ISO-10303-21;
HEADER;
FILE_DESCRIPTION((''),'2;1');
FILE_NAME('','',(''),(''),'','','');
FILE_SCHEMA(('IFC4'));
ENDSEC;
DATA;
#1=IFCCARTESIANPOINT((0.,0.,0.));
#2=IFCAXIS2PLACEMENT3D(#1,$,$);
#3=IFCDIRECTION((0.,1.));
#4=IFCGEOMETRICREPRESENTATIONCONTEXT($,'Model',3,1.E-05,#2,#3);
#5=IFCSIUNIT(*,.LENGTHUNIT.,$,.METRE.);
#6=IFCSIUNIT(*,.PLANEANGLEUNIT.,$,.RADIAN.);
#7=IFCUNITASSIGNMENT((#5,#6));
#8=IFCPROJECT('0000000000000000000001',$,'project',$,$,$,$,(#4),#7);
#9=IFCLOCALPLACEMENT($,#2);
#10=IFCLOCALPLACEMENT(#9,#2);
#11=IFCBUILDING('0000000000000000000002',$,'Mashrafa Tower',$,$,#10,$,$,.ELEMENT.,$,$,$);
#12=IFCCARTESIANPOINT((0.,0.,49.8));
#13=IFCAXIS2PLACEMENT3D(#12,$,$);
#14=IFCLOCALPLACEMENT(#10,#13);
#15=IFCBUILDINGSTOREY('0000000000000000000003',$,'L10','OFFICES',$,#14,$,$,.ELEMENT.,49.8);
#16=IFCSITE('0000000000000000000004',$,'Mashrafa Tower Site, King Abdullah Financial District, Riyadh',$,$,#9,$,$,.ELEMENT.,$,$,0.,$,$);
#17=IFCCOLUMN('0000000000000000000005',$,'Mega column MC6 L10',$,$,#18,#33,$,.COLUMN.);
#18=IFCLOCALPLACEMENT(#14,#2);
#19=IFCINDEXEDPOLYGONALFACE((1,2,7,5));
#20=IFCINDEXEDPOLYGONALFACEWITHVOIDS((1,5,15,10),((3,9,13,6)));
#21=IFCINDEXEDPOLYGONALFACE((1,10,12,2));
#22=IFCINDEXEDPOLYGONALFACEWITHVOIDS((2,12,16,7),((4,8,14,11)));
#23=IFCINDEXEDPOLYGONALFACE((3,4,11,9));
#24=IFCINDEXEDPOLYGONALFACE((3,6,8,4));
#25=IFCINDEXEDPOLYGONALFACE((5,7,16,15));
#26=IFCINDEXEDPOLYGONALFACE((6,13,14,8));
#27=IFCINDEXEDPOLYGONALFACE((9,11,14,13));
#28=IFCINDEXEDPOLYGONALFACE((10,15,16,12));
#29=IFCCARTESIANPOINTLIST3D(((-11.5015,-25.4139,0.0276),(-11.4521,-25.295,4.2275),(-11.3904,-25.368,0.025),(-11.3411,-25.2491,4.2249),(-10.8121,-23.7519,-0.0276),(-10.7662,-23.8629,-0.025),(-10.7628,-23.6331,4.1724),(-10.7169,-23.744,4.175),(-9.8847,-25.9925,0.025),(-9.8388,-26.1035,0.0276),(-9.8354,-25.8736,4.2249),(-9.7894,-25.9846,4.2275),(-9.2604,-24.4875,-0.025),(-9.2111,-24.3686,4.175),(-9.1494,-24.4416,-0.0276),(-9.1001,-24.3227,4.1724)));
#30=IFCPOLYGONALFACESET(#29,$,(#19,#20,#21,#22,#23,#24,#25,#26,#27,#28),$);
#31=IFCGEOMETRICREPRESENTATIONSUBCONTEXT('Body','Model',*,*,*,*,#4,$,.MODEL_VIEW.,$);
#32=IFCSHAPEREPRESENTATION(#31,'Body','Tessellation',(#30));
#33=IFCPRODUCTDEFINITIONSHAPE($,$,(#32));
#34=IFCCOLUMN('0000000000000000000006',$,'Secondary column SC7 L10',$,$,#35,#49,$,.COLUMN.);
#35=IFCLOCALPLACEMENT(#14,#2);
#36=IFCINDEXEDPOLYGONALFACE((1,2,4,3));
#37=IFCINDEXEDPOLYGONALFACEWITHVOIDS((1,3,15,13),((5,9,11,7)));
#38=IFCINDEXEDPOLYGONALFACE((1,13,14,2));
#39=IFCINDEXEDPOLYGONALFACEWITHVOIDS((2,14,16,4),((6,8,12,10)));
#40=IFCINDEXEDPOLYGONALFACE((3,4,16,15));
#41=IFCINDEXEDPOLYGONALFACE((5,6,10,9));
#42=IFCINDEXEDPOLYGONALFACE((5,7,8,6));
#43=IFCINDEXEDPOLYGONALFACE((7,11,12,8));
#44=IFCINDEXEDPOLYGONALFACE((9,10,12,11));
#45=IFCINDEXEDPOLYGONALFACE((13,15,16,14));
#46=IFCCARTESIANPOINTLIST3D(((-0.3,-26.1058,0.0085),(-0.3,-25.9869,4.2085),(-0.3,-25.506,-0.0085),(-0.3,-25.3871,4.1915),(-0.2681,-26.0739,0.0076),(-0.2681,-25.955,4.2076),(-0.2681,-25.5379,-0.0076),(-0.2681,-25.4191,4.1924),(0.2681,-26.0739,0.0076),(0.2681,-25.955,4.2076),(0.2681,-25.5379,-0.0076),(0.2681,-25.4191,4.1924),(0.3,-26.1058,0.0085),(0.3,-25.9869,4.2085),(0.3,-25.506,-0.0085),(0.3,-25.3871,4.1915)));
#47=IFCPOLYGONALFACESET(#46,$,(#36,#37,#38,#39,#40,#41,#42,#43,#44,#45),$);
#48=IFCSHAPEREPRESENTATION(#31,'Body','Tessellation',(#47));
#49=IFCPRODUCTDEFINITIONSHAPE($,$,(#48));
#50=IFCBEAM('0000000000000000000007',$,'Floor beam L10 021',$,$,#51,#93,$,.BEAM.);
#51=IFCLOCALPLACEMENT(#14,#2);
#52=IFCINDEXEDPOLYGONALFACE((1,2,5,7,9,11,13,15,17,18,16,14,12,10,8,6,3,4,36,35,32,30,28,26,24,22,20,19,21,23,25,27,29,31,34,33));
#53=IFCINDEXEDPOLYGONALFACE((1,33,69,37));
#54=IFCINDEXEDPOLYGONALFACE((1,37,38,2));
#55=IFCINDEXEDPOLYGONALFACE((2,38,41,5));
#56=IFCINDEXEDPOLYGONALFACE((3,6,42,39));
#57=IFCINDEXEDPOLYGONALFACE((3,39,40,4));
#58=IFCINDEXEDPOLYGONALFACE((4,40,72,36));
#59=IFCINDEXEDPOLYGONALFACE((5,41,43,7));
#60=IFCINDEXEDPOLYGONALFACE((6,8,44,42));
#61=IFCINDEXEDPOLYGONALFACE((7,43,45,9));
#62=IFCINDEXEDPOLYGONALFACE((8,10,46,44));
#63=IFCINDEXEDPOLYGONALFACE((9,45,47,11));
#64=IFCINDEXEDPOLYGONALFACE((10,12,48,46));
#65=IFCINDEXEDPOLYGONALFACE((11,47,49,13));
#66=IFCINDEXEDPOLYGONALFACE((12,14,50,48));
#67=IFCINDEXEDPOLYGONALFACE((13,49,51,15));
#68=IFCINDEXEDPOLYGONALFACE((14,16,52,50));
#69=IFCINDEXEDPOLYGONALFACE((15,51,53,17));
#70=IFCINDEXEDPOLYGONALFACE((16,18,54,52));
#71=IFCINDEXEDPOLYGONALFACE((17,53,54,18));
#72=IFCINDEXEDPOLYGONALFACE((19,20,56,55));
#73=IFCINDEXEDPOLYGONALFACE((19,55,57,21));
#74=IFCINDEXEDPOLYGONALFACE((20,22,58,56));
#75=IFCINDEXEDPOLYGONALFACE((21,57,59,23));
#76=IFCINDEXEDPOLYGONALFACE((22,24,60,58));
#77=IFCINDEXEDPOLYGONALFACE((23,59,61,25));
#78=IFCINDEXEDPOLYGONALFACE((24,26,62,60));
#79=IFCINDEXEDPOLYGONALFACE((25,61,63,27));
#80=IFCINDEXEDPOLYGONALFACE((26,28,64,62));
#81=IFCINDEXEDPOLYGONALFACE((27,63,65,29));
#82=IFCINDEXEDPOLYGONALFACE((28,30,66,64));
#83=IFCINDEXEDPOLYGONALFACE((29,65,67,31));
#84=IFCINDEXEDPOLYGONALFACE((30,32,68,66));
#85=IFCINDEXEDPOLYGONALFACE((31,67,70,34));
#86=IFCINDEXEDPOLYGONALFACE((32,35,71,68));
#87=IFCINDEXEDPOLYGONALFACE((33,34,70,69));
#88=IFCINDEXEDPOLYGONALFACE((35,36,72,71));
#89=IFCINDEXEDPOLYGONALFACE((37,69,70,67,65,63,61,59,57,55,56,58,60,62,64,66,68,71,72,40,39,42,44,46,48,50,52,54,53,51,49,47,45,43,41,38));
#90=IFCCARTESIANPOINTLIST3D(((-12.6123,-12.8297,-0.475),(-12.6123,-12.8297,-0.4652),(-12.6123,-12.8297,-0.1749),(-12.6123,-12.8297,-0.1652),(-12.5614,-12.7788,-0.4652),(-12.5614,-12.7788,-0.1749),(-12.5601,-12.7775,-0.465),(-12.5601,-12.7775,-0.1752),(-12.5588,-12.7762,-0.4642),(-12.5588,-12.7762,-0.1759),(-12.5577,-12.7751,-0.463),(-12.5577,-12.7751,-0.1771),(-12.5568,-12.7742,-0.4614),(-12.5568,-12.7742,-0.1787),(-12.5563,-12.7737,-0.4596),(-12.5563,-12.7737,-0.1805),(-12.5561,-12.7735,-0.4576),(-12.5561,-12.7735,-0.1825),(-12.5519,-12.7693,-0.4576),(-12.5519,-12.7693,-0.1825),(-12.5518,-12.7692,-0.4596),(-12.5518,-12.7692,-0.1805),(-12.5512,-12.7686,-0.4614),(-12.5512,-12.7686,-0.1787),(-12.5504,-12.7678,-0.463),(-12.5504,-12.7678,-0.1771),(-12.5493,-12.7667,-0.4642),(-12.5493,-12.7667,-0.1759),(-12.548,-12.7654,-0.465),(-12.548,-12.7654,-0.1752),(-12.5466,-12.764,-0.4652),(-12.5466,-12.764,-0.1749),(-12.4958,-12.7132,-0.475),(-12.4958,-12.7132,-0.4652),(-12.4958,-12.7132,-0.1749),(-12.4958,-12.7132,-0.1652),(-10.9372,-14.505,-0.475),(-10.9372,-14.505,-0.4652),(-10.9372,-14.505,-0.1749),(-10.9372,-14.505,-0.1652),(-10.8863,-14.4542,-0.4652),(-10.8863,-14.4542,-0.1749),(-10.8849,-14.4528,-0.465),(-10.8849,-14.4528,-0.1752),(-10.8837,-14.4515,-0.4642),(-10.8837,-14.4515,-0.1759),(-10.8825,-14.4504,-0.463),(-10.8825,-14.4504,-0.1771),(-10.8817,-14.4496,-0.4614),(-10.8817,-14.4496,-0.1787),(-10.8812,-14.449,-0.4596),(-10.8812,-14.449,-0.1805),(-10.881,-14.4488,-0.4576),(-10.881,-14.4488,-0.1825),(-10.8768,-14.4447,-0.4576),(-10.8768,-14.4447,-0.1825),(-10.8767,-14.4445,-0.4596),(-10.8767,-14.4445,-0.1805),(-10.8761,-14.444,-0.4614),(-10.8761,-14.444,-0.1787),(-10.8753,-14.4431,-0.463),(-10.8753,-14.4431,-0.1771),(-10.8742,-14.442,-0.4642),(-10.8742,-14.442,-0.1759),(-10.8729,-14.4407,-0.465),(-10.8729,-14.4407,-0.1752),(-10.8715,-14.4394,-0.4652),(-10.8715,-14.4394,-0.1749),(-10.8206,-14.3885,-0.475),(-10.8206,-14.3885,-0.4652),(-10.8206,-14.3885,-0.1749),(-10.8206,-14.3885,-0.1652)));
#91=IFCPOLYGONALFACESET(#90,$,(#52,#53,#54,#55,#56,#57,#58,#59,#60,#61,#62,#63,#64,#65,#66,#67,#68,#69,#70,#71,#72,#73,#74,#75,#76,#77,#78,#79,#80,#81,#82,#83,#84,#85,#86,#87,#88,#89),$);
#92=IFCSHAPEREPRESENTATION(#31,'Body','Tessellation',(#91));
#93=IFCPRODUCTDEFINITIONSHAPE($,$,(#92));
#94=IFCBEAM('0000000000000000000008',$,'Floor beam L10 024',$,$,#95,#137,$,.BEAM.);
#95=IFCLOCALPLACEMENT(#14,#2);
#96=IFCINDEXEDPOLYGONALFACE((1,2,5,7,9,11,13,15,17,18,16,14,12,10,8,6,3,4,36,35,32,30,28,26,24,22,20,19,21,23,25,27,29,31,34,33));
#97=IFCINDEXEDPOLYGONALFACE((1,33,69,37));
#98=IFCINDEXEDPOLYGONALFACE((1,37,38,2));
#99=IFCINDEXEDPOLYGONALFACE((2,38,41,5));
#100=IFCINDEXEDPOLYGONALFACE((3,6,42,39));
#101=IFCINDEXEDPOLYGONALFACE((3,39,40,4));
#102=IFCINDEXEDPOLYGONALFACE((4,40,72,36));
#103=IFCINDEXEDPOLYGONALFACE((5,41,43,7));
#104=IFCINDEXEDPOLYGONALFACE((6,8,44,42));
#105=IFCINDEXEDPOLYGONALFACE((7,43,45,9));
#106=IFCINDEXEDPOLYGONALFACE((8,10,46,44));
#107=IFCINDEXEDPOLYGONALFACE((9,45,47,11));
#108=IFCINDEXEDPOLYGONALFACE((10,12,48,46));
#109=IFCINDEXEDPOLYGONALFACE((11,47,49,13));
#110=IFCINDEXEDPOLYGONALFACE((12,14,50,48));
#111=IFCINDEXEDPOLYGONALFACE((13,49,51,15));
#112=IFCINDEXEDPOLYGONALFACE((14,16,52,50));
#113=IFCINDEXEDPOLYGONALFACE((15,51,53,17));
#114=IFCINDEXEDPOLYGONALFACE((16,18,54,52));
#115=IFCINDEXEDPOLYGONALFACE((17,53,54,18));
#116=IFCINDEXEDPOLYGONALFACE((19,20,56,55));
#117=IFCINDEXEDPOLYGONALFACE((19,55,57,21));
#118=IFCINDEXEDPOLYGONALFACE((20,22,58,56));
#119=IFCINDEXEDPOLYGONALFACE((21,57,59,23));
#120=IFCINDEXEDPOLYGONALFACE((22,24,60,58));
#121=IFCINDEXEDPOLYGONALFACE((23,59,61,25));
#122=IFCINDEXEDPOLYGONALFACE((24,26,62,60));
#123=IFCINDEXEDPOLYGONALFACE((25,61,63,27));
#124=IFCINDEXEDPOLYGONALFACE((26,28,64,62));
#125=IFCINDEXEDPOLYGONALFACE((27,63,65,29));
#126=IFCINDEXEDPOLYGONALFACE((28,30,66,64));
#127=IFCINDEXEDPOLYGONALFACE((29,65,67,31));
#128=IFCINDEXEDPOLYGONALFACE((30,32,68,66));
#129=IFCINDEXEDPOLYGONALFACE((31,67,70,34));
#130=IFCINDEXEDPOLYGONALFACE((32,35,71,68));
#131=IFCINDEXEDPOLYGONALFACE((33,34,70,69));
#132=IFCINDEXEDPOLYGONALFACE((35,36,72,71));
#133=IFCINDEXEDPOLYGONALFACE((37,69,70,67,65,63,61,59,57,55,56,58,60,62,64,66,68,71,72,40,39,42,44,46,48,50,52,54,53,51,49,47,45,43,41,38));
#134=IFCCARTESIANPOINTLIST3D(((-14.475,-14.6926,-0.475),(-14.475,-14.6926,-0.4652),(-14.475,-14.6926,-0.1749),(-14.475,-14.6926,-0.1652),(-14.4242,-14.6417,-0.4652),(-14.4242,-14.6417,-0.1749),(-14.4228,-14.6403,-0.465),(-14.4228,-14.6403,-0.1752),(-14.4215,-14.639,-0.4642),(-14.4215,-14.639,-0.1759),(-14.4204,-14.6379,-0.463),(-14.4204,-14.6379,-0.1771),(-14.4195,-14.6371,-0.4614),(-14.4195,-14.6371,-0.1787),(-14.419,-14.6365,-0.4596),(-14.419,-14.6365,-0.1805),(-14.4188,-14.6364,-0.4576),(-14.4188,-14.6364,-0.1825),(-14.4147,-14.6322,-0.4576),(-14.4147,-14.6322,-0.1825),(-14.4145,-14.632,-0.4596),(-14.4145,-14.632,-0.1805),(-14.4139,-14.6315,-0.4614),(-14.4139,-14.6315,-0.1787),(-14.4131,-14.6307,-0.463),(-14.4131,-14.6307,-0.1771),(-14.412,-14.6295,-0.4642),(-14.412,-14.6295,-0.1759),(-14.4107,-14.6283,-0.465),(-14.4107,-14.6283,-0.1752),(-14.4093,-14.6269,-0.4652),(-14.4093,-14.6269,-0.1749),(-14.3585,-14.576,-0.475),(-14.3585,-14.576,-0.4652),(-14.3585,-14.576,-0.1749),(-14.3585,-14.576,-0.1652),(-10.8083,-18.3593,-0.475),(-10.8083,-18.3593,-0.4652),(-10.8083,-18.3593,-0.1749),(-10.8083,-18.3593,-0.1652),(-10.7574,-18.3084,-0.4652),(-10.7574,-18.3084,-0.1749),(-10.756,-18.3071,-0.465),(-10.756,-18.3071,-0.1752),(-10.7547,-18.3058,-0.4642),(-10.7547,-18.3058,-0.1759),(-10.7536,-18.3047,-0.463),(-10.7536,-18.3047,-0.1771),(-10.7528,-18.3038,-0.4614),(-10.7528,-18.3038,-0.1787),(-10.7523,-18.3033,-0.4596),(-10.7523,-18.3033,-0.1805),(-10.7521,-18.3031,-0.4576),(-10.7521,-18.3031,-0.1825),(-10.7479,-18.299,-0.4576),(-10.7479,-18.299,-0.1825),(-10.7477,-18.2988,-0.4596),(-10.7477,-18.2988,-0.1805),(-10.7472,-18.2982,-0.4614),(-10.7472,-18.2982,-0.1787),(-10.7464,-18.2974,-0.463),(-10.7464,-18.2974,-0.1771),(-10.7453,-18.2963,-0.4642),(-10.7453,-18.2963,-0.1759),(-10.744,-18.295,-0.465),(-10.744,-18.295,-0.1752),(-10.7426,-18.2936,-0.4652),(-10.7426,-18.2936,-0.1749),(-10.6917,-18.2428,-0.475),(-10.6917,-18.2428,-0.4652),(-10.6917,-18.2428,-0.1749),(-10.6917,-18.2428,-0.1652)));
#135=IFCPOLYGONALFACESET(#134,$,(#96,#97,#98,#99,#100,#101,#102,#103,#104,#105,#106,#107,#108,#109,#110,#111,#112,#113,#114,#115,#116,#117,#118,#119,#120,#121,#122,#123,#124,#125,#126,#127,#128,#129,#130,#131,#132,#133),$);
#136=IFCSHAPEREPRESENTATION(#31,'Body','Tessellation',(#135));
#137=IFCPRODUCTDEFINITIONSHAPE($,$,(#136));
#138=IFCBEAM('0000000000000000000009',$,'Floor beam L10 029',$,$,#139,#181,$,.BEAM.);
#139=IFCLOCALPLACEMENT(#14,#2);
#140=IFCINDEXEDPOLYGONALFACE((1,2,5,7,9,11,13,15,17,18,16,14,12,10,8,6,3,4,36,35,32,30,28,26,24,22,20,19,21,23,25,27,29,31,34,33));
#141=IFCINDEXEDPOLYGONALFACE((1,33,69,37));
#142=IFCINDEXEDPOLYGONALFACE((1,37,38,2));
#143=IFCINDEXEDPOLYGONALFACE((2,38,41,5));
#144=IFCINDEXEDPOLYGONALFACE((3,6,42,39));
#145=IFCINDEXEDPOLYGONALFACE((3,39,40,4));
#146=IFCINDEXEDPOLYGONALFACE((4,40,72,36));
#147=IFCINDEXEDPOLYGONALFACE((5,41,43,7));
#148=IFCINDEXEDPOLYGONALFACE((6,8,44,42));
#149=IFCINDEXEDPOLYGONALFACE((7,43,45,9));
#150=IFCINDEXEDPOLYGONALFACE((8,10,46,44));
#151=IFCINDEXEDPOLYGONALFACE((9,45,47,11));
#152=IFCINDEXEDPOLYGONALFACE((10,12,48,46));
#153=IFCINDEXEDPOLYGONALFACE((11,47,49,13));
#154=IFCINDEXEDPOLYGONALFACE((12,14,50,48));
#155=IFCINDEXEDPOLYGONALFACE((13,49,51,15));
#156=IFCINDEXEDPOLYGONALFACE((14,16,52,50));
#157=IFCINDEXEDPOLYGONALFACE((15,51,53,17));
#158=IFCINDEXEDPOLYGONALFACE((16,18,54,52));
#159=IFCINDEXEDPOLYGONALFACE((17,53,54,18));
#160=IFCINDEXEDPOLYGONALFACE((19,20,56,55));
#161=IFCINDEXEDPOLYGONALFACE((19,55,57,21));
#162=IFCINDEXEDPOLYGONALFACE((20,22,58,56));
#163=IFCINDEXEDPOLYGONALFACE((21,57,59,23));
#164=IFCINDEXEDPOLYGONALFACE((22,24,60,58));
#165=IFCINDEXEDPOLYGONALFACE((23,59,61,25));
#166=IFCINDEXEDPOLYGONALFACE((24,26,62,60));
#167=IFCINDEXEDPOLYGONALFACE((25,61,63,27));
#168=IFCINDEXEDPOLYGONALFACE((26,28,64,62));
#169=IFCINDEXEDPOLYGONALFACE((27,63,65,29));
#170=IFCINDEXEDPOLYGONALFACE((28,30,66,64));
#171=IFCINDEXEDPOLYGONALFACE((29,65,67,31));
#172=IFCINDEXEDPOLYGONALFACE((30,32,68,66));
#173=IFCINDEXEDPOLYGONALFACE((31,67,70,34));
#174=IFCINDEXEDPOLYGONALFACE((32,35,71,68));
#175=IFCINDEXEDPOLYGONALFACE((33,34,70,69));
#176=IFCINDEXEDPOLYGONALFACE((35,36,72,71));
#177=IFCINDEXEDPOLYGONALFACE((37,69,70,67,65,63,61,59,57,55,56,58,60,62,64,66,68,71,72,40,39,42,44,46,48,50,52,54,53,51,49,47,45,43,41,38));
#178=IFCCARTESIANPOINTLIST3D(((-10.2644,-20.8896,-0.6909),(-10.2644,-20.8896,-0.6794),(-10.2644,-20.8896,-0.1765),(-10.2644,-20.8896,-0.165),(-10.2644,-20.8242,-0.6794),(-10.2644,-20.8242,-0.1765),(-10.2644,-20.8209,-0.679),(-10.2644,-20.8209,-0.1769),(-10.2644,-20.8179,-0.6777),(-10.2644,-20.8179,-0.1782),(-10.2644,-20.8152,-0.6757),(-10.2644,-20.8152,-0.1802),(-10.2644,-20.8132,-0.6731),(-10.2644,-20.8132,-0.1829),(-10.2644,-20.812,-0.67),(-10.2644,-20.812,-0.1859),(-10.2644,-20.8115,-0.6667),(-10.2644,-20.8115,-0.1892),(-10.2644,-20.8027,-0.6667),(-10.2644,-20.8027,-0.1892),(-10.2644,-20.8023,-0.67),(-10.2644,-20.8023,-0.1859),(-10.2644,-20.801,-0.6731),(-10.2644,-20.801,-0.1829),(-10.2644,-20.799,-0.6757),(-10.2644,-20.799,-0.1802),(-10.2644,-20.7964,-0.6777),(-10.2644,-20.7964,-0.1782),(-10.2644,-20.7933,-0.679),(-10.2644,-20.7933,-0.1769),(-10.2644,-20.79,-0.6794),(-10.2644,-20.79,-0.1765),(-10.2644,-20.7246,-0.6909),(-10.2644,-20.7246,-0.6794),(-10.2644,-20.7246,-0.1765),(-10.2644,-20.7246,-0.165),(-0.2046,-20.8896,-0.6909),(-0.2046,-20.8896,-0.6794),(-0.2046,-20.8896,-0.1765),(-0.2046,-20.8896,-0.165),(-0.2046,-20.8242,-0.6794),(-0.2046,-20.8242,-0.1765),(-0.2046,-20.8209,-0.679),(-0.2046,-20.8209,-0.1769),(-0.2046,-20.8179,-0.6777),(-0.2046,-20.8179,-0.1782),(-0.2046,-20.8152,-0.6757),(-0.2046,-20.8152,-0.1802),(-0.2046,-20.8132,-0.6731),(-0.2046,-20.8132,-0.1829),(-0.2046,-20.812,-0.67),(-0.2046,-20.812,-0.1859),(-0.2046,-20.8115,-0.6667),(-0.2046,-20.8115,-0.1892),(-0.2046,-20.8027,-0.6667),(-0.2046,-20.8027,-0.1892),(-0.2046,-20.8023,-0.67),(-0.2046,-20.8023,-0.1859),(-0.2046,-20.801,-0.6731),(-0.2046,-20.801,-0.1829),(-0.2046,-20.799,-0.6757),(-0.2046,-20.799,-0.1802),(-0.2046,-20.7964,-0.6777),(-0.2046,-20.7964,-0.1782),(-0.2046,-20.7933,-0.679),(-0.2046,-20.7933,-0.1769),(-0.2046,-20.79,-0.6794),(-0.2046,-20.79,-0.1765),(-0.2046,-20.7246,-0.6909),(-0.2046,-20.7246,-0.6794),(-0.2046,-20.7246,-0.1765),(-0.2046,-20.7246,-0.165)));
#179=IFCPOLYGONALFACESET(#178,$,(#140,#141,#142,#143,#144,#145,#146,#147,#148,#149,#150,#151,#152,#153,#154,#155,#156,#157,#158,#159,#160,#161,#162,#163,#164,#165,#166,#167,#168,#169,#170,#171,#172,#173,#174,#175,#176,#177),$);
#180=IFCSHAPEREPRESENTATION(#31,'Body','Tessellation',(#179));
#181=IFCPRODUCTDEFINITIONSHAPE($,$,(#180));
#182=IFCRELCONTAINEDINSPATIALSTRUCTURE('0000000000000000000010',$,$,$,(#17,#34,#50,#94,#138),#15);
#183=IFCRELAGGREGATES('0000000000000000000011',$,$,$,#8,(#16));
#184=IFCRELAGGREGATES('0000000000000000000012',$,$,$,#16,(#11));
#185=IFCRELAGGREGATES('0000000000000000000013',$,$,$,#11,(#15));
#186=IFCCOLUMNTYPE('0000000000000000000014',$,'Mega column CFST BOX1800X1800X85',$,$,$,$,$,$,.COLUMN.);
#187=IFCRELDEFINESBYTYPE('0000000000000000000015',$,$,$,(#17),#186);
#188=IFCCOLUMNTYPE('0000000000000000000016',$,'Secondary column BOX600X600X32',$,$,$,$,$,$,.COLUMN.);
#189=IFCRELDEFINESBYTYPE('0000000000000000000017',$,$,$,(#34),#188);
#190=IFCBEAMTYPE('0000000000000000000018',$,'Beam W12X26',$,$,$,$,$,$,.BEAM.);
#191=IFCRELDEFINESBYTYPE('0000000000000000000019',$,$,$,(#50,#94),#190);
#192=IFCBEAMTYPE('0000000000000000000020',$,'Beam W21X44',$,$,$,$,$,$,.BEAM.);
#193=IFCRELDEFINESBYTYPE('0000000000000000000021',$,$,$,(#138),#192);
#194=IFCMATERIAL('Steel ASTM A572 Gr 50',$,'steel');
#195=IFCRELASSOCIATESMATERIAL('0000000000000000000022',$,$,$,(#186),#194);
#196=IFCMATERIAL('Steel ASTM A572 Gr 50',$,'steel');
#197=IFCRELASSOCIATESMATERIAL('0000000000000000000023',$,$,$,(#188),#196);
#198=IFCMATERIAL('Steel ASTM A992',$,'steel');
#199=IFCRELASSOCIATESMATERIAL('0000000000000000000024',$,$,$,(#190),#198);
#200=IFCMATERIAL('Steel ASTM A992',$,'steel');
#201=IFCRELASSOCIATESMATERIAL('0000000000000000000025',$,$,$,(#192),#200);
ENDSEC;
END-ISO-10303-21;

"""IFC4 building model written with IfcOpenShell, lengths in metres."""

from ifc_helpers import new_model, si_unit, direction, frame, origin, origin_2d, place, context, subcontext, project, spatial, hollow_rectangle, i_section, extrude, material, material_profile, profile_set, type_object, element, save


model = new_model("IFC4")

# Units and contexts
model_context = context("Model", 3, precision=1e-05, world=origin(), true_north=direction((0.0, 1.0)))
body_context = subcontext(model_context, "Body", "Model", "MODEL_VIEW")
ifc_project = project(units=[si_unit("LENGTHUNIT", "METRE"), si_unit("PLANEANGLEUNIT", "RADIAN")], contexts=[model_context])

# Site, building, storey
site_placement = place(None, origin())
site = spatial("IfcSite", under=ifc_project, at=site_placement, Name="Mashrafa Tower Site, King Abdullah Financial District, Riyadh", CompositionType="ELEMENT", RefElevation=0.0)
building_placement = place(site_placement, origin())
building = spatial("IfcBuilding", under=site, at=building_placement, Name="Mashrafa Tower", CompositionType="ELEMENT")
storey_placement = place(building_placement, frame((0.0, 0.0, 49.8)))
storey = spatial("IfcBuildingStorey", under=building, at=storey_placement, Name="L10", Description="OFFICES", CompositionType="ELEMENT", Elevation=49.8)

# Columns
ifc_material_1 = material(Name="Steel ASTM A572 Gr 50", Category="steel")
ifc_material_profile_1 = material_profile(ifc_material_1, hollow_rectangle(XDim=1.8, YDim=1.8, WallThickness=0.085, at=origin_2d()), Name="BOX1800X1800X85")
ifc_profile_set_1 = profile_set([ifc_material_profile_1], Name="Steel ASTM A572 Gr 50")
column_type_1 = type_object("IfcColumnType", Name="Mega column CFST BOX1800X1800X85", PredefinedType="COLUMN", material=ifc_profile_set_1)
column_1_placement = place(storey_placement, frame((-10.3254, -24.9277, 0.0), z_axis=(0.011737, 0.028296, 0.999531), x_axis=(-0.923693, 0.383133, 0.0)))
element("IfcColumn", 1, at=column_1_placement, inside=storey, type_object=column_type_1, Name="Mega column MC6 L10", PredefinedType="COLUMN", context=body_context, shape_type="SweptSolid", body=[
    extrude(hollow_rectangle(XDim=1.8, YDim=1.8, WallThickness=0.085, at=origin_2d()), origin(), (0.0, 0.0, 1.0), 4.2019),
])
ifc_material_2 = material(Name="Steel ASTM A572 Gr 50", Category="steel")
ifc_material_profile_2 = material_profile(ifc_material_2, hollow_rectangle(XDim=0.6001, YDim=0.6001, WallThickness=0.032, at=origin_2d()), Name="BOX600X600X32")
ifc_profile_set_2 = profile_set([ifc_material_profile_2], Name="Steel ASTM A572 Gr 50")
column_type_2 = type_object("IfcColumnType", Name="Secondary column BOX600X600X32", PredefinedType="COLUMN", material=ifc_profile_set_2)
column_2_placement = place(storey_placement, frame((0.0, -25.8059, 0.0), z_axis=(0.0, 0.028298, 0.9996), x_axis=(-1.0, 0.0, 0.0)))
element("IfcColumn", 2, at=column_2_placement, inside=storey, type_object=column_type_2, Name="Secondary column SC7 L10", PredefinedType="COLUMN", context=body_context, shape_type="SweptSolid", body=[
    extrude(hollow_rectangle(XDim=0.6001, YDim=0.6001, WallThickness=0.032, at=origin_2d()), origin(), (0.0, 0.0, 1.0), 4.2017),
])

# Beams
ifc_material_3 = material(Name="Steel ASTM A992", Category="steel")
ifc_material_profile_3 = material_profile(ifc_material_3, i_section(OverallWidth=0.1648, OverallDepth=0.3098, WebThickness=0.0059, FlangeThickness=0.0098, FilletRadius=0.0076, at=origin_2d()), Name="W12X26")
ifc_profile_set_3 = profile_set([ifc_material_profile_3], Name="Steel ASTM A992")
beam_type_1 = type_object("IfcBeamType", Name="Beam W12X26", PredefinedType="BEAM", material=ifc_profile_set_3)
beam_1_placement = place(storey_placement, frame((-10.8789, -14.4468, -0.3201), z_axis=(-0.707055, 0.707158, 0.0), x_axis=(-0.707158, -0.707055, 0.0)))
element("IfcBeam", 3, at=beam_1_placement, inside=storey, type_object=beam_type_1, Name="Floor beam L10 021", PredefinedType="BEAM", context=body_context, shape_type="SweptSolid", body=[
    extrude(i_section(OverallWidth=0.1648, OverallDepth=0.3098, WebThickness=0.0059, FlangeThickness=0.0098, FilletRadius=0.0076, at=origin_2d()), origin(), (0.0, 0.0, 1.0), 2.3691),
])
beam_2_placement = place(storey_placement, frame((-10.75, -18.301, -0.3201), z_axis=(-0.707107, 0.707107, 0.0), x_axis=(-0.707107, -0.707107, 0.0)))
element("IfcBeam", 4, at=beam_2_placement, inside=storey, type_object=beam_type_1, Name="Floor beam L10 024", PredefinedType="BEAM", context=body_context, shape_type="SweptSolid", body=[
    extrude(i_section(OverallWidth=0.1648, OverallDepth=0.3098, WebThickness=0.0059, FlangeThickness=0.0098, FilletRadius=0.0076, at=origin_2d()), origin(), (0.0, 0.0, 1.0), 5.1855),
])
ifc_material_4 = material(Name="Steel ASTM A992", Category="steel")
ifc_material_profile_4 = material_profile(ifc_material_4, i_section(OverallWidth=0.165, OverallDepth=0.5259, WebThickness=0.0088, FlangeThickness=0.0115, FilletRadius=0.0127, at=origin_2d()), Name="W21X44")
ifc_profile_set_4 = profile_set([ifc_material_profile_4], Name="Steel ASTM A992")
beam_type_2 = type_object("IfcBeamType", Name="Beam W21X44", PredefinedType="BEAM", material=ifc_profile_set_4)
beam_3_placement = place(storey_placement, frame((-0.2046, -20.8071, -0.428), z_axis=(-1.0, 0.0, 0.0), x_axis=(0.0, -1.0, 0.0)))
element("IfcBeam", 5, at=beam_3_placement, inside=storey, type_object=beam_type_2, Name="Floor beam L10 029", PredefinedType="BEAM", context=body_context, shape_type="SweptSolid", body=[
    extrude(i_section(OverallWidth=0.165, OverallDepth=0.5259, WebThickness=0.0088, FlangeThickness=0.0115, FilletRadius=0.0127, at=origin_2d()), origin(), (0.0, 0.0, 1.0), 10.0598),
])

save(model, "model.ifc")
